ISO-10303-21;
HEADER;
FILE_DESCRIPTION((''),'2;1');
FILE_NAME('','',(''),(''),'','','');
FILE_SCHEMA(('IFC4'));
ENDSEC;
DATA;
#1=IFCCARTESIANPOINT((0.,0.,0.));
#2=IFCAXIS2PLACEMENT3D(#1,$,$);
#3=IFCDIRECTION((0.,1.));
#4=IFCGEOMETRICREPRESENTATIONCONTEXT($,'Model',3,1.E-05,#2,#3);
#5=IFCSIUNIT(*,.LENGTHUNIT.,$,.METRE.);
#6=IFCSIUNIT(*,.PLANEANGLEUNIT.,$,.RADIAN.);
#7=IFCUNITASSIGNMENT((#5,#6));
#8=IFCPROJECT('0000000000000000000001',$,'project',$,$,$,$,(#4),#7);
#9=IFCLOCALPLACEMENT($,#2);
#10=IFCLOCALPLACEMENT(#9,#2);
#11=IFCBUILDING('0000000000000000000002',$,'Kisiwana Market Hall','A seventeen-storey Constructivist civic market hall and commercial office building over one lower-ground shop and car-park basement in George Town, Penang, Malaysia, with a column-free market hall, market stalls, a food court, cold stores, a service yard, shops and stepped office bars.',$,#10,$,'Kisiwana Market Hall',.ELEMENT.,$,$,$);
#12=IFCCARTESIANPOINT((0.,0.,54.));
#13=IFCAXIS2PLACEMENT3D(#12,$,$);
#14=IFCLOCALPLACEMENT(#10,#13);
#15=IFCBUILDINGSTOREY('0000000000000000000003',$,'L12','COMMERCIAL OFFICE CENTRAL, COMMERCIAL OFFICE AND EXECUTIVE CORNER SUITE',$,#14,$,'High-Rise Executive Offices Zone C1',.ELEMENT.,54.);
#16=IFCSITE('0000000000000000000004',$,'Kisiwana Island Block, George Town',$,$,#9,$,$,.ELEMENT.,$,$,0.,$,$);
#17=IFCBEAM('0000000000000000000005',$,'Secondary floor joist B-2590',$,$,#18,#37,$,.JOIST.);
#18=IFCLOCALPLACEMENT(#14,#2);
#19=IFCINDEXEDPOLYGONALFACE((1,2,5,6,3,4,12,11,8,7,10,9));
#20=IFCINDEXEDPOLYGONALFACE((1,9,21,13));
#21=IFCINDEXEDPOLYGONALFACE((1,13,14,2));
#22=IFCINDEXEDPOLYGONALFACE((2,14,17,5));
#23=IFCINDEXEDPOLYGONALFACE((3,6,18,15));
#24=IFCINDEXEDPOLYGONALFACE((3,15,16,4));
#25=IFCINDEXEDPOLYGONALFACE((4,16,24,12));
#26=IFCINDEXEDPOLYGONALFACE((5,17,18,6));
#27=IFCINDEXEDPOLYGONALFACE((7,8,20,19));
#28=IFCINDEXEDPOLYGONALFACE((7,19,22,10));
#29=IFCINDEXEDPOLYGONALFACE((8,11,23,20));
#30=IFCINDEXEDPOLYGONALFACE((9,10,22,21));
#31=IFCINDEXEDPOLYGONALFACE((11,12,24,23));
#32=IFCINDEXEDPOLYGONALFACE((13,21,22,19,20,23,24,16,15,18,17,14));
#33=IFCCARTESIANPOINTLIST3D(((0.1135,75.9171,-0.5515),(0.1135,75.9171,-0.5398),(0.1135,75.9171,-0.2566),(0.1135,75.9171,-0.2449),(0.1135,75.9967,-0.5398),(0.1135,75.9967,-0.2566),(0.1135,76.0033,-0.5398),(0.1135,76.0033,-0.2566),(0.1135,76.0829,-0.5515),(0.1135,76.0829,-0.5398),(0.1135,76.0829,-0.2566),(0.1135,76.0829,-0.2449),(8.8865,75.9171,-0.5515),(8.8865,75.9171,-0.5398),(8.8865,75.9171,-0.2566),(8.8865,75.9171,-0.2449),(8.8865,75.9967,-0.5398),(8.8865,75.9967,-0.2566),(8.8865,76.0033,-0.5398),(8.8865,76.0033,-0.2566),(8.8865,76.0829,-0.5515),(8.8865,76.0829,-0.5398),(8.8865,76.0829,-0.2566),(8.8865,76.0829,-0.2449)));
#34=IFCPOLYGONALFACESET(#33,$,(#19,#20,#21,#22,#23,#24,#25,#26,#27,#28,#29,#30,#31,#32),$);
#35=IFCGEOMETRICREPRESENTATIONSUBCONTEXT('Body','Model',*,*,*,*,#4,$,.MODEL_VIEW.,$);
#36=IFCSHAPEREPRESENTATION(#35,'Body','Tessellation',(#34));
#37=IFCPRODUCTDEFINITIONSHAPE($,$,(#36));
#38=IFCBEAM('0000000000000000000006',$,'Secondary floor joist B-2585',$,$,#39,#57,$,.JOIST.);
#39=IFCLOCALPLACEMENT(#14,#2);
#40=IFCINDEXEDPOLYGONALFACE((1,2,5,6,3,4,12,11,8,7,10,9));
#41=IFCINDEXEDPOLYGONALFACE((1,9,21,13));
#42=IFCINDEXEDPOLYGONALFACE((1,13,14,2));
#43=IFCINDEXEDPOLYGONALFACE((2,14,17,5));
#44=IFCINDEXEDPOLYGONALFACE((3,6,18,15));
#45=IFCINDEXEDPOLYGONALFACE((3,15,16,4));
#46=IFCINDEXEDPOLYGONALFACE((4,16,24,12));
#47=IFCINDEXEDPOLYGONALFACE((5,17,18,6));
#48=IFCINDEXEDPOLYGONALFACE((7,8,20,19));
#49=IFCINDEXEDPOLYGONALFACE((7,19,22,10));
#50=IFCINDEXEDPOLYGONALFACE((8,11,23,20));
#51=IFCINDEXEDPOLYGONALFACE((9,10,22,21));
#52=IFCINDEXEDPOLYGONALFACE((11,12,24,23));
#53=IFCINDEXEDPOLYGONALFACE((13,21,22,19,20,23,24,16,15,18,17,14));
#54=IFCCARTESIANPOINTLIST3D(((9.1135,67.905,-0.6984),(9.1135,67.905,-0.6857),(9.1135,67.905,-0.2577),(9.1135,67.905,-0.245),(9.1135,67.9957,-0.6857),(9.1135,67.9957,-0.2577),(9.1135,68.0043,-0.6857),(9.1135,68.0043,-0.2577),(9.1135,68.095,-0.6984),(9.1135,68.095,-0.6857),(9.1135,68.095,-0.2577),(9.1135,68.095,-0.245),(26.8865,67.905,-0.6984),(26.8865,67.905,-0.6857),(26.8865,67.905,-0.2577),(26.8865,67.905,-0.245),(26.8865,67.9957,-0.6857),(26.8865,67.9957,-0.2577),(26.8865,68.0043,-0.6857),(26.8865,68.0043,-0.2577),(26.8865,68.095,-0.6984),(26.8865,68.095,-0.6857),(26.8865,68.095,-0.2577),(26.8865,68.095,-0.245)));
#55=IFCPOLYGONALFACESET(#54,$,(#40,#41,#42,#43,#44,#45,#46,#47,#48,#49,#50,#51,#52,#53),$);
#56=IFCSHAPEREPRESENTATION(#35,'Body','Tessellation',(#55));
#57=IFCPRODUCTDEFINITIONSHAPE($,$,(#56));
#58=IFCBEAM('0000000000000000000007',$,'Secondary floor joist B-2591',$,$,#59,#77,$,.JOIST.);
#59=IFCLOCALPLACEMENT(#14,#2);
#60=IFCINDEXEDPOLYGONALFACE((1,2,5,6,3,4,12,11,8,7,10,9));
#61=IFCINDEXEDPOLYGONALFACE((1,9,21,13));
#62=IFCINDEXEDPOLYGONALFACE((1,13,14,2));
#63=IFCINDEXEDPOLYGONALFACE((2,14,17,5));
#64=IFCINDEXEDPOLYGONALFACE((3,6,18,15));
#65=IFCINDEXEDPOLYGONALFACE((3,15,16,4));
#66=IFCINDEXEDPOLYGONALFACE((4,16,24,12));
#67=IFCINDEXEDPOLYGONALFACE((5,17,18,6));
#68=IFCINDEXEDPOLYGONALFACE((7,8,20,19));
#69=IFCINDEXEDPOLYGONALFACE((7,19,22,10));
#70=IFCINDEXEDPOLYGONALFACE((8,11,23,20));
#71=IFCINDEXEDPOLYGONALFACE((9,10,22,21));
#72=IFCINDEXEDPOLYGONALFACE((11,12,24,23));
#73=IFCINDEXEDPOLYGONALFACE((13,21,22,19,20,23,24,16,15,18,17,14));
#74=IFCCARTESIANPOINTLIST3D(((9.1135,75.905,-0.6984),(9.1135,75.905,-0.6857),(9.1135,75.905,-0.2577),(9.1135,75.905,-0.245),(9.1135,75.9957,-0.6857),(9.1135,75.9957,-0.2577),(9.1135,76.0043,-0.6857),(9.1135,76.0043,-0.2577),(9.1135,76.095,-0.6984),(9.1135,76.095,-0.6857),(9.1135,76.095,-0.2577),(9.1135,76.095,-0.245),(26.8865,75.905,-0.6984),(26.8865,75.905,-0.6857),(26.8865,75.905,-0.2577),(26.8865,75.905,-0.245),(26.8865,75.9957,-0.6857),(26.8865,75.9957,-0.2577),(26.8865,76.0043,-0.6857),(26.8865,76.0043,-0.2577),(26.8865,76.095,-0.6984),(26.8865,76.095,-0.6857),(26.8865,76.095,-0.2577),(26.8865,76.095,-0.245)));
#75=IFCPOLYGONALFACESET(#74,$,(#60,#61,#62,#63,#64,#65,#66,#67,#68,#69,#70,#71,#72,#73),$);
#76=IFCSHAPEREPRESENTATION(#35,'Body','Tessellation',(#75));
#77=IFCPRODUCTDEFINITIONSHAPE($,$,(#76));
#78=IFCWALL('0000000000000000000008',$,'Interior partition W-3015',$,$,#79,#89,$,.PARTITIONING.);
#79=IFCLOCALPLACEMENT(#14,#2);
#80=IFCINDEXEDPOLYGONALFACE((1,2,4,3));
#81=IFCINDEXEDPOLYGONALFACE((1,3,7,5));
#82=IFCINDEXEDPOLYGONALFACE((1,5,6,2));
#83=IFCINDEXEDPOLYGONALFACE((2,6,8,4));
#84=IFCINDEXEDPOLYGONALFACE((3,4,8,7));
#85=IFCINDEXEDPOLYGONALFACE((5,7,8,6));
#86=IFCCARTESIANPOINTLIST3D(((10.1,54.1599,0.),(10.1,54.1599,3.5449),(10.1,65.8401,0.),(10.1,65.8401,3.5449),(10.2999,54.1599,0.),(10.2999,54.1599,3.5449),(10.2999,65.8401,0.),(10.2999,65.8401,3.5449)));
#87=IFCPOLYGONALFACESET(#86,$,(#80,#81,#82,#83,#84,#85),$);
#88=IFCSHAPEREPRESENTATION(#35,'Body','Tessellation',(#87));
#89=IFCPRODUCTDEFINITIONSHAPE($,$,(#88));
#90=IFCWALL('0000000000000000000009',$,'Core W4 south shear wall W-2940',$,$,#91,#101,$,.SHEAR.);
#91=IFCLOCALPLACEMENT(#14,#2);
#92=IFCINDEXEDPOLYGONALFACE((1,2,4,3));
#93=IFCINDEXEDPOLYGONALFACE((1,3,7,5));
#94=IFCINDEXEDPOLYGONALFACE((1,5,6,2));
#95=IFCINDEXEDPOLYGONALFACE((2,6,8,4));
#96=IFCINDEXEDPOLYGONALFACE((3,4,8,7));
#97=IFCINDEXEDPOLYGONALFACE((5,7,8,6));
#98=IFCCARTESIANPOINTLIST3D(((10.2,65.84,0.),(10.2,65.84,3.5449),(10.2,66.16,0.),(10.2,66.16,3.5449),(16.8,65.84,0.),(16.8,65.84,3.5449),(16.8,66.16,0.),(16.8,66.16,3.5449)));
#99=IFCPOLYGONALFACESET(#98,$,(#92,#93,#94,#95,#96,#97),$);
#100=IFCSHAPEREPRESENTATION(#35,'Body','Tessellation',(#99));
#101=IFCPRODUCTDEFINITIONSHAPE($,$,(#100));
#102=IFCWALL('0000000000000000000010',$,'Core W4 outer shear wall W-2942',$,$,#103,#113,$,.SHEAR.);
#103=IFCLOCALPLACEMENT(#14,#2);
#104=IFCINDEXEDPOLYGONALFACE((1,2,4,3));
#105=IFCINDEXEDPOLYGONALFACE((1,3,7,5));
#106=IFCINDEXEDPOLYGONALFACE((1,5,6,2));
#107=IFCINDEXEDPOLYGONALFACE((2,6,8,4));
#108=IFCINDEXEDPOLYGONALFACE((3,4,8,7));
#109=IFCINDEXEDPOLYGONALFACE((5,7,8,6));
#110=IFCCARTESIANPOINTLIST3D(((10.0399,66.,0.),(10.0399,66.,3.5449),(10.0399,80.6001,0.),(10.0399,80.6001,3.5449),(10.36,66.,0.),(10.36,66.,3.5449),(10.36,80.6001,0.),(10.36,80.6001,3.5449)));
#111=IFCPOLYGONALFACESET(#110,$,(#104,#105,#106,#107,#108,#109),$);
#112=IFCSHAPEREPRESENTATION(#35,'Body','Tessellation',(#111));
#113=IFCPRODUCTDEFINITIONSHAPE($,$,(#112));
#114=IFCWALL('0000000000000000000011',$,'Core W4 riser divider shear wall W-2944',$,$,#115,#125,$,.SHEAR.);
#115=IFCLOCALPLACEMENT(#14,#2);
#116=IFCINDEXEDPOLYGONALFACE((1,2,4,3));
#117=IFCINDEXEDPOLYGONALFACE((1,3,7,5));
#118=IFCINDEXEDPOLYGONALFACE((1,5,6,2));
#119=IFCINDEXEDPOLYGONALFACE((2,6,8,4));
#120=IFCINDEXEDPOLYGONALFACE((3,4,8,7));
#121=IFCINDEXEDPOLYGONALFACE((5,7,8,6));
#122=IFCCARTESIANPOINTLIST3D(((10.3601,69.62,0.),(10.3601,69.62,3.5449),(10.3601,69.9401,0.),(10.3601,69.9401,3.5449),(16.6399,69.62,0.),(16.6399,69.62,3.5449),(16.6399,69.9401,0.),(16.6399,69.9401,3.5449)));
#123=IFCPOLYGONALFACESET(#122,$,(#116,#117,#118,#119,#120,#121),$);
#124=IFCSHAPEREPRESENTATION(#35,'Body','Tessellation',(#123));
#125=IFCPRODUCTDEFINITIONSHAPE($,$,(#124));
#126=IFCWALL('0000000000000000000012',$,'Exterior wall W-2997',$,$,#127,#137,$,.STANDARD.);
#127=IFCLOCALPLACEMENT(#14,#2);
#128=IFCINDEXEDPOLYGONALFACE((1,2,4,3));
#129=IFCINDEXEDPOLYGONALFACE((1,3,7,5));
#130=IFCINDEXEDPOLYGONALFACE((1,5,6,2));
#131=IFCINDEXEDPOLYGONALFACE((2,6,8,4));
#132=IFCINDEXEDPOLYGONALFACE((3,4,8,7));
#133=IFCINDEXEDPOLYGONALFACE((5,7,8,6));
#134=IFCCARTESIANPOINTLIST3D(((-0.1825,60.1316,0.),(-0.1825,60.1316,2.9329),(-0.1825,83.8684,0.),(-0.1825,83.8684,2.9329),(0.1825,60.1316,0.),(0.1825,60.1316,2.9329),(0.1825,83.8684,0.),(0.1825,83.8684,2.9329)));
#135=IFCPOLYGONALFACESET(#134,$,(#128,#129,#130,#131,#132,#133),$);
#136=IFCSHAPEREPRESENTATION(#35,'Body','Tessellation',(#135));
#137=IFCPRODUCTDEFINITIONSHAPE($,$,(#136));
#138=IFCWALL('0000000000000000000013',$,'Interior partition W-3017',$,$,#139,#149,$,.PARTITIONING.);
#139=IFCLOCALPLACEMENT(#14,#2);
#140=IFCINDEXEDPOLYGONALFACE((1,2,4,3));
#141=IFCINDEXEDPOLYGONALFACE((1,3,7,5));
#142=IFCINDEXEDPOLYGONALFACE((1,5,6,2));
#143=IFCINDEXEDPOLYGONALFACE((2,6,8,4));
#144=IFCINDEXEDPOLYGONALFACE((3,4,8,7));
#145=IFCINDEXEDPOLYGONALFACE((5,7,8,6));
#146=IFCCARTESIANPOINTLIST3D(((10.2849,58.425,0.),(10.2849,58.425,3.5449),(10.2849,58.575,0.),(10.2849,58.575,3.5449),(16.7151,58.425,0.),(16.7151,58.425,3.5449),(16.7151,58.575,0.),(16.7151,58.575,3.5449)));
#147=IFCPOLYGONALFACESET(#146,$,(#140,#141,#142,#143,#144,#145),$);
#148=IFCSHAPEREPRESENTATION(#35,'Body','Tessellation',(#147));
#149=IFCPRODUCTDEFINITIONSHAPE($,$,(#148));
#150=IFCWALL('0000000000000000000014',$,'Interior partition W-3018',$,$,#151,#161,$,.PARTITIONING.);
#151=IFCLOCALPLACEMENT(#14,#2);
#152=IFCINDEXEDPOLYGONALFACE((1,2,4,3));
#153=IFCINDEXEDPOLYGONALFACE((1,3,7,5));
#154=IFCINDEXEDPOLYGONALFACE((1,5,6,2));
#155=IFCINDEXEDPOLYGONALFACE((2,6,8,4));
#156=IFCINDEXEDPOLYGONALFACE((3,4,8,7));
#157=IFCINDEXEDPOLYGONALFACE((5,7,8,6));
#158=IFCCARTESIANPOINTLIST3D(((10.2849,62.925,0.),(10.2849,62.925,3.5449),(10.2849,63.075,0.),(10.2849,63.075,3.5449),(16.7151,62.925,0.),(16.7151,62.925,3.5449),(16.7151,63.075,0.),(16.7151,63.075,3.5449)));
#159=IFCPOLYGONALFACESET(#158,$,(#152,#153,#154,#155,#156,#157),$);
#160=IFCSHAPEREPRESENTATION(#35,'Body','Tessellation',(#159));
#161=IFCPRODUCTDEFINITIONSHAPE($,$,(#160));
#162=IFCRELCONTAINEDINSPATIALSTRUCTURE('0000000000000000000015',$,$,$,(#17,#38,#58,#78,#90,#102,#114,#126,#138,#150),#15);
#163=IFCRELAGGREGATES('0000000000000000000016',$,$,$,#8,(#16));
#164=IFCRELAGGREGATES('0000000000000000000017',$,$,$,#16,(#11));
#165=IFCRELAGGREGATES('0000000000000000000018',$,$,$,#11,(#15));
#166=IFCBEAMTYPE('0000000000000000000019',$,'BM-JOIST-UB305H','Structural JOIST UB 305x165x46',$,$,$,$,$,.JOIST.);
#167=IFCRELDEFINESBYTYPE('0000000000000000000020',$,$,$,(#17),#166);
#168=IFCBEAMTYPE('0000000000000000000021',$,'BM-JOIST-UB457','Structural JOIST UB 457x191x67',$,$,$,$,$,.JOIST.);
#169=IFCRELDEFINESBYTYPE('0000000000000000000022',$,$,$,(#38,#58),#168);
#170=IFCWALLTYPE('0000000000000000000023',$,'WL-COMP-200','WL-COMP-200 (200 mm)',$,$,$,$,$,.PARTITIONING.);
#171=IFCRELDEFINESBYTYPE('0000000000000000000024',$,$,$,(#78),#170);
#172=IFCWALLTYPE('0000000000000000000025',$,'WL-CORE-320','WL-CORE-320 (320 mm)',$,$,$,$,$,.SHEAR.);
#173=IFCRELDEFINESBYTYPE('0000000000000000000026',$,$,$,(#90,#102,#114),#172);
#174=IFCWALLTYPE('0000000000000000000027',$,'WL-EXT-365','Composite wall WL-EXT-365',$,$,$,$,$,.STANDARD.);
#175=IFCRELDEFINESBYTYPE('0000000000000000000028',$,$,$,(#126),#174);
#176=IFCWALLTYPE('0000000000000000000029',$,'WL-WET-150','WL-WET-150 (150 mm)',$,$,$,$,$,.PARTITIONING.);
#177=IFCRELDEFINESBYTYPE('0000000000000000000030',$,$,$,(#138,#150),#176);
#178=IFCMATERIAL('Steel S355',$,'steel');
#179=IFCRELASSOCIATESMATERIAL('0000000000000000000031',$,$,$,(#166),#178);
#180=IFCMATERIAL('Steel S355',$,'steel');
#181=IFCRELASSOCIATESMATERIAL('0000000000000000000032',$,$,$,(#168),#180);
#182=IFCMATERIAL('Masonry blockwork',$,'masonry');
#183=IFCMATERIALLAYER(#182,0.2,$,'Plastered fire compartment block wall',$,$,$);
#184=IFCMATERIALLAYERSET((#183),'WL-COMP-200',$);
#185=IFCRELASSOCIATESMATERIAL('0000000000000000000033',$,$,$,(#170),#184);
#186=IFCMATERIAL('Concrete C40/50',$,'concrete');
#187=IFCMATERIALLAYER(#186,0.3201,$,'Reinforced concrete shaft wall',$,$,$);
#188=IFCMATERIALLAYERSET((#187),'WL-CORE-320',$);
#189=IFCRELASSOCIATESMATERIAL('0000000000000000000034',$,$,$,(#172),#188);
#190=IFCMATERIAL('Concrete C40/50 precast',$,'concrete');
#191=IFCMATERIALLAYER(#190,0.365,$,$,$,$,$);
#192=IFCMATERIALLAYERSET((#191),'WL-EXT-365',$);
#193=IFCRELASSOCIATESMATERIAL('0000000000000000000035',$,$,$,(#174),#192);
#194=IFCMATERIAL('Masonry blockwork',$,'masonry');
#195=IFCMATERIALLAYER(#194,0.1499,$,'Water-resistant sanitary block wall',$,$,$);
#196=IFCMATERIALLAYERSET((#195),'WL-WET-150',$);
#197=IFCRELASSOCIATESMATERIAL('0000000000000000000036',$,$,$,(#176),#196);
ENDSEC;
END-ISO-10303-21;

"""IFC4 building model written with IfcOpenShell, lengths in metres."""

from ifc_helpers import new_model, si_unit, direction, frame, frame_2d, origin, origin_2d, place, context, subcontext, project, spatial, rectangle, i_section, extrude, material, layer, layer_set, material_profile, profile_set, type_object, element, save


model = new_model("IFC4")

# Units and contexts
model_context = context("Model", 3, precision=1e-05, world=origin(), true_north=direction((0.0, 1.0)))
body_context = subcontext(model_context, "Body", "Model", "MODEL_VIEW")
ifc_project = project(units=[si_unit("LENGTHUNIT", "METRE"), si_unit("PLANEANGLEUNIT", "RADIAN")], contexts=[model_context])

# Site, building, storey
site_placement = place(None, origin())
site = spatial("IfcSite", under=ifc_project, at=site_placement, Name="Kisiwana Island Block, George Town", CompositionType="ELEMENT", RefElevation=0.0)
building_placement = place(site_placement, origin())
building = spatial("IfcBuilding", under=site, at=building_placement, Name="Kisiwana Market Hall", Description="A seventeen-storey Constructivist civic market hall and commercial office building over one lower-ground shop and car-park basement in George Town, Penang, Malaysia, with a column-free market hall, market stalls, a food court, cold stores, a service yard, shops and stepped office bars.", LongName="Kisiwana Market Hall", CompositionType="ELEMENT")
storey_placement = place(building_placement, frame((0.0, 0.0, 54.0)))
storey = spatial("IfcBuildingStorey", under=building, at=storey_placement, Name="L12", Description="COMMERCIAL OFFICE CENTRAL, COMMERCIAL OFFICE AND EXECUTIVE CORNER SUITE", LongName="High-Rise Executive Offices Zone C1", CompositionType="ELEMENT", Elevation=54.0)

# Beams
ifc_material_1 = material(Name="Steel S355", Category="steel")
ifc_material_profile_1 = material_profile(ifc_material_1, i_section(OverallWidth=0.1658, OverallDepth=0.3066, WebThickness=0.0066, FlangeThickness=0.0117, at=origin_2d()), Name="UB 305x165x46")
ifc_profile_set_1 = profile_set([ifc_material_profile_1], Name="Steel S355")
beam_type_1 = type_object("IfcBeamType", Name="BM-JOIST-UB305H", Description="Structural JOIST UB 305x165x46", PredefinedType="JOIST", material=ifc_profile_set_1)
for number, where, z_axis, x_axis, name in (
    (1, (0.1135, 76.0, -0.3982), (1.0, 0.0, 0.0), (0.0, 1.0, 0.0), "Secondary floor joist B-2590"),
):
    element("IfcBeam", number, at=place(storey_placement, frame(where, z_axis=z_axis, x_axis=x_axis)), inside=storey, type_object=beam_type_1, Name=name, PredefinedType="JOIST", context=body_context, shape_type="SweptSolid", body=[
        extrude(i_section(OverallWidth=0.1658, OverallDepth=0.3066, WebThickness=0.0066, FlangeThickness=0.0117, at=origin_2d()), origin(), (0.0, 0.0, 1.0), 8.7729),
    ])
ifc_material_2 = material(Name="Steel S355", Category="steel")
ifc_material_profile_2 = material_profile(ifc_material_2, i_section(OverallWidth=0.1899, OverallDepth=0.4534, WebThickness=0.0085, FlangeThickness=0.0127, at=origin_2d()), Name="UB 457x191x67")
ifc_profile_set_2 = profile_set([ifc_material_profile_2], Name="Steel S355")
beam_type_2 = type_object("IfcBeamType", Name="BM-JOIST-UB457", Description="Structural JOIST UB 457x191x67", PredefinedType="JOIST", material=ifc_profile_set_2)
for number, where, z_axis, x_axis, name in (
    (2, (9.1135, 68.0, -0.4717), (1.0, 0.0, 0.0), (0.0, 1.0, 0.0), "Secondary floor joist B-2585"),
    (3, (9.1135, 76.0, -0.4717), (1.0, 0.0, 0.0), (0.0, 1.0, 0.0), "Secondary floor joist B-2591"),
):
    element("IfcBeam", number, at=place(storey_placement, frame(where, z_axis=z_axis, x_axis=x_axis)), inside=storey, type_object=beam_type_2, Name=name, PredefinedType="JOIST", context=body_context, shape_type="SweptSolid", body=[
        extrude(i_section(OverallWidth=0.1899, OverallDepth=0.4534, WebThickness=0.0085, FlangeThickness=0.0127, at=origin_2d()), origin(), (0.0, 0.0, 1.0), 17.7729),
    ])

# Walls
ifc_material_3 = material(Name="Masonry blockwork", Category="masonry")
ifc_layer_1 = layer(ifc_material_3, 0.2, Name="Plastered fire compartment block wall")
ifc_layer_set_1 = layer_set([ifc_layer_1], Name="WL-COMP-200")
wall_type_1 = type_object("IfcWallType", Name="WL-COMP-200", Description="WL-COMP-200 (200 mm)", PredefinedType="PARTITIONING", material=ifc_layer_set_1)
wall_1_placement = place(storey_placement, frame((10.2, 54.1599, 0.0), z_axis=(0.0, 0.0, 1.0), x_axis=(0.0, 1.0, 0.0)))
element("IfcWall", 4, at=wall_1_placement, inside=storey, type_object=wall_type_1, Name="Interior partition W-3015", PredefinedType="PARTITIONING", context=body_context, shape_type="SweptSolid", body=[
    extrude(rectangle(XDim=11.6802, YDim=0.2, at=frame_2d((5.8401, 0.0))), origin(), (0.0, 0.0, 1.0), 3.5449),
])
ifc_material_4 = material(Name="Concrete C40/50", Category="concrete")
ifc_layer_2 = layer(ifc_material_4, 0.3201, Name="Reinforced concrete shaft wall")
ifc_layer_set_2 = layer_set([ifc_layer_2], Name="WL-CORE-320")
wall_type_2 = type_object("IfcWallType", Name="WL-CORE-320", Description="WL-CORE-320 (320 mm)", PredefinedType="SHEAR", material=ifc_layer_set_2)
wall_2_placement = place(storey_placement, frame((10.2, 66.0, 0.0), z_axis=(0.0, 0.0, 1.0), x_axis=(1.0, 0.0, 0.0)))
element("IfcWall", 5, at=wall_2_placement, inside=storey, type_object=wall_type_2, Name="Core W4 south shear wall W-2940", PredefinedType="SHEAR", context=body_context, shape_type="SweptSolid", body=[
    extrude(rectangle(XDim=6.6001, YDim=0.3201, at=frame_2d((3.3, 0.0))), origin(), (0.0, 0.0, 1.0), 3.5449),
])
wall_3_placement = place(storey_placement, frame((10.2, 66.0, 0.0), z_axis=(0.0, 0.0, 1.0), x_axis=(0.0, 1.0, 0.0)))
element("IfcWall", 6, at=wall_3_placement, inside=storey, type_object=wall_type_2, Name="Core W4 outer shear wall W-2942", PredefinedType="SHEAR", context=body_context, shape_type="SweptSolid", body=[
    extrude(rectangle(XDim=14.6001, YDim=0.3201, at=frame_2d((7.3, 0.0))), origin(), (0.0, 0.0, 1.0), 3.5449),
])
wall_4_placement = place(storey_placement, frame((10.3601, 69.78, 0.0), z_axis=(0.0, 0.0, 1.0), x_axis=(1.0, 0.0, 0.0)))
element("IfcWall", 7, at=wall_4_placement, inside=storey, type_object=wall_type_2, Name="Core W4 riser divider shear wall W-2944", PredefinedType="SHEAR", context=body_context, shape_type="SweptSolid", body=[
    extrude(rectangle(XDim=6.2798, YDim=0.3201, at=frame_2d((3.1399, 0.0))), origin(), (0.0, 0.0, 1.0), 3.5449),
])
ifc_material_5 = material(Name="Concrete C40/50 precast", Category="concrete")
ifc_layer_3 = layer(ifc_material_5, 0.365)
ifc_layer_set_3 = layer_set([ifc_layer_3], Name="WL-EXT-365")
wall_type_3 = type_object("IfcWallType", Name="WL-EXT-365", Description="Composite wall WL-EXT-365", PredefinedType="STANDARD", material=ifc_layer_set_3)
wall_5_placement = place(storey_placement, frame((0.0, 60.1316, 0.0), z_axis=(0.0, 0.0, 1.0), x_axis=(0.0, 1.0, 0.0)))
element("IfcWall", 8, at=wall_5_placement, inside=storey, type_object=wall_type_3, Name="Exterior wall W-2997", PredefinedType="STANDARD", context=body_context, shape_type="SweptSolid", body=[
    extrude(rectangle(XDim=23.7368, YDim=0.365, at=frame_2d((11.8684, 0.0))), origin(), (0.0, 0.0, 1.0), 2.9329),
])
ifc_material_6 = material(Name="Masonry blockwork", Category="masonry")
ifc_layer_4 = layer(ifc_material_6, 0.1499, Name="Water-resistant sanitary block wall")
ifc_layer_set_4 = layer_set([ifc_layer_4], Name="WL-WET-150")
wall_type_4 = type_object("IfcWallType", Name="WL-WET-150", Description="WL-WET-150 (150 mm)", PredefinedType="PARTITIONING", material=ifc_layer_set_4)
for number, where, z_axis, x_axis, name in (
    (9, (10.2849, 58.5, 0.0), (0.0, 0.0, 1.0), (1.0, 0.0, 0.0), "Interior partition W-3017"),
    (10, (10.2849, 63.0, 0.0), (0.0, 0.0, 1.0), (1.0, 0.0, 0.0), "Interior partition W-3018"),
):
    element("IfcWall", number, at=place(storey_placement, frame(where, z_axis=z_axis, x_axis=x_axis)), inside=storey, type_object=wall_type_4, Name=name, PredefinedType="PARTITIONING", context=body_context, shape_type="SweptSolid", body=[
        extrude(rectangle(XDim=6.4302, YDim=0.1499, at=frame_2d((3.2151, 0.0))), origin(), (0.0, 0.0, 1.0), 3.5449),
    ])

save(model, "model.ifc")
